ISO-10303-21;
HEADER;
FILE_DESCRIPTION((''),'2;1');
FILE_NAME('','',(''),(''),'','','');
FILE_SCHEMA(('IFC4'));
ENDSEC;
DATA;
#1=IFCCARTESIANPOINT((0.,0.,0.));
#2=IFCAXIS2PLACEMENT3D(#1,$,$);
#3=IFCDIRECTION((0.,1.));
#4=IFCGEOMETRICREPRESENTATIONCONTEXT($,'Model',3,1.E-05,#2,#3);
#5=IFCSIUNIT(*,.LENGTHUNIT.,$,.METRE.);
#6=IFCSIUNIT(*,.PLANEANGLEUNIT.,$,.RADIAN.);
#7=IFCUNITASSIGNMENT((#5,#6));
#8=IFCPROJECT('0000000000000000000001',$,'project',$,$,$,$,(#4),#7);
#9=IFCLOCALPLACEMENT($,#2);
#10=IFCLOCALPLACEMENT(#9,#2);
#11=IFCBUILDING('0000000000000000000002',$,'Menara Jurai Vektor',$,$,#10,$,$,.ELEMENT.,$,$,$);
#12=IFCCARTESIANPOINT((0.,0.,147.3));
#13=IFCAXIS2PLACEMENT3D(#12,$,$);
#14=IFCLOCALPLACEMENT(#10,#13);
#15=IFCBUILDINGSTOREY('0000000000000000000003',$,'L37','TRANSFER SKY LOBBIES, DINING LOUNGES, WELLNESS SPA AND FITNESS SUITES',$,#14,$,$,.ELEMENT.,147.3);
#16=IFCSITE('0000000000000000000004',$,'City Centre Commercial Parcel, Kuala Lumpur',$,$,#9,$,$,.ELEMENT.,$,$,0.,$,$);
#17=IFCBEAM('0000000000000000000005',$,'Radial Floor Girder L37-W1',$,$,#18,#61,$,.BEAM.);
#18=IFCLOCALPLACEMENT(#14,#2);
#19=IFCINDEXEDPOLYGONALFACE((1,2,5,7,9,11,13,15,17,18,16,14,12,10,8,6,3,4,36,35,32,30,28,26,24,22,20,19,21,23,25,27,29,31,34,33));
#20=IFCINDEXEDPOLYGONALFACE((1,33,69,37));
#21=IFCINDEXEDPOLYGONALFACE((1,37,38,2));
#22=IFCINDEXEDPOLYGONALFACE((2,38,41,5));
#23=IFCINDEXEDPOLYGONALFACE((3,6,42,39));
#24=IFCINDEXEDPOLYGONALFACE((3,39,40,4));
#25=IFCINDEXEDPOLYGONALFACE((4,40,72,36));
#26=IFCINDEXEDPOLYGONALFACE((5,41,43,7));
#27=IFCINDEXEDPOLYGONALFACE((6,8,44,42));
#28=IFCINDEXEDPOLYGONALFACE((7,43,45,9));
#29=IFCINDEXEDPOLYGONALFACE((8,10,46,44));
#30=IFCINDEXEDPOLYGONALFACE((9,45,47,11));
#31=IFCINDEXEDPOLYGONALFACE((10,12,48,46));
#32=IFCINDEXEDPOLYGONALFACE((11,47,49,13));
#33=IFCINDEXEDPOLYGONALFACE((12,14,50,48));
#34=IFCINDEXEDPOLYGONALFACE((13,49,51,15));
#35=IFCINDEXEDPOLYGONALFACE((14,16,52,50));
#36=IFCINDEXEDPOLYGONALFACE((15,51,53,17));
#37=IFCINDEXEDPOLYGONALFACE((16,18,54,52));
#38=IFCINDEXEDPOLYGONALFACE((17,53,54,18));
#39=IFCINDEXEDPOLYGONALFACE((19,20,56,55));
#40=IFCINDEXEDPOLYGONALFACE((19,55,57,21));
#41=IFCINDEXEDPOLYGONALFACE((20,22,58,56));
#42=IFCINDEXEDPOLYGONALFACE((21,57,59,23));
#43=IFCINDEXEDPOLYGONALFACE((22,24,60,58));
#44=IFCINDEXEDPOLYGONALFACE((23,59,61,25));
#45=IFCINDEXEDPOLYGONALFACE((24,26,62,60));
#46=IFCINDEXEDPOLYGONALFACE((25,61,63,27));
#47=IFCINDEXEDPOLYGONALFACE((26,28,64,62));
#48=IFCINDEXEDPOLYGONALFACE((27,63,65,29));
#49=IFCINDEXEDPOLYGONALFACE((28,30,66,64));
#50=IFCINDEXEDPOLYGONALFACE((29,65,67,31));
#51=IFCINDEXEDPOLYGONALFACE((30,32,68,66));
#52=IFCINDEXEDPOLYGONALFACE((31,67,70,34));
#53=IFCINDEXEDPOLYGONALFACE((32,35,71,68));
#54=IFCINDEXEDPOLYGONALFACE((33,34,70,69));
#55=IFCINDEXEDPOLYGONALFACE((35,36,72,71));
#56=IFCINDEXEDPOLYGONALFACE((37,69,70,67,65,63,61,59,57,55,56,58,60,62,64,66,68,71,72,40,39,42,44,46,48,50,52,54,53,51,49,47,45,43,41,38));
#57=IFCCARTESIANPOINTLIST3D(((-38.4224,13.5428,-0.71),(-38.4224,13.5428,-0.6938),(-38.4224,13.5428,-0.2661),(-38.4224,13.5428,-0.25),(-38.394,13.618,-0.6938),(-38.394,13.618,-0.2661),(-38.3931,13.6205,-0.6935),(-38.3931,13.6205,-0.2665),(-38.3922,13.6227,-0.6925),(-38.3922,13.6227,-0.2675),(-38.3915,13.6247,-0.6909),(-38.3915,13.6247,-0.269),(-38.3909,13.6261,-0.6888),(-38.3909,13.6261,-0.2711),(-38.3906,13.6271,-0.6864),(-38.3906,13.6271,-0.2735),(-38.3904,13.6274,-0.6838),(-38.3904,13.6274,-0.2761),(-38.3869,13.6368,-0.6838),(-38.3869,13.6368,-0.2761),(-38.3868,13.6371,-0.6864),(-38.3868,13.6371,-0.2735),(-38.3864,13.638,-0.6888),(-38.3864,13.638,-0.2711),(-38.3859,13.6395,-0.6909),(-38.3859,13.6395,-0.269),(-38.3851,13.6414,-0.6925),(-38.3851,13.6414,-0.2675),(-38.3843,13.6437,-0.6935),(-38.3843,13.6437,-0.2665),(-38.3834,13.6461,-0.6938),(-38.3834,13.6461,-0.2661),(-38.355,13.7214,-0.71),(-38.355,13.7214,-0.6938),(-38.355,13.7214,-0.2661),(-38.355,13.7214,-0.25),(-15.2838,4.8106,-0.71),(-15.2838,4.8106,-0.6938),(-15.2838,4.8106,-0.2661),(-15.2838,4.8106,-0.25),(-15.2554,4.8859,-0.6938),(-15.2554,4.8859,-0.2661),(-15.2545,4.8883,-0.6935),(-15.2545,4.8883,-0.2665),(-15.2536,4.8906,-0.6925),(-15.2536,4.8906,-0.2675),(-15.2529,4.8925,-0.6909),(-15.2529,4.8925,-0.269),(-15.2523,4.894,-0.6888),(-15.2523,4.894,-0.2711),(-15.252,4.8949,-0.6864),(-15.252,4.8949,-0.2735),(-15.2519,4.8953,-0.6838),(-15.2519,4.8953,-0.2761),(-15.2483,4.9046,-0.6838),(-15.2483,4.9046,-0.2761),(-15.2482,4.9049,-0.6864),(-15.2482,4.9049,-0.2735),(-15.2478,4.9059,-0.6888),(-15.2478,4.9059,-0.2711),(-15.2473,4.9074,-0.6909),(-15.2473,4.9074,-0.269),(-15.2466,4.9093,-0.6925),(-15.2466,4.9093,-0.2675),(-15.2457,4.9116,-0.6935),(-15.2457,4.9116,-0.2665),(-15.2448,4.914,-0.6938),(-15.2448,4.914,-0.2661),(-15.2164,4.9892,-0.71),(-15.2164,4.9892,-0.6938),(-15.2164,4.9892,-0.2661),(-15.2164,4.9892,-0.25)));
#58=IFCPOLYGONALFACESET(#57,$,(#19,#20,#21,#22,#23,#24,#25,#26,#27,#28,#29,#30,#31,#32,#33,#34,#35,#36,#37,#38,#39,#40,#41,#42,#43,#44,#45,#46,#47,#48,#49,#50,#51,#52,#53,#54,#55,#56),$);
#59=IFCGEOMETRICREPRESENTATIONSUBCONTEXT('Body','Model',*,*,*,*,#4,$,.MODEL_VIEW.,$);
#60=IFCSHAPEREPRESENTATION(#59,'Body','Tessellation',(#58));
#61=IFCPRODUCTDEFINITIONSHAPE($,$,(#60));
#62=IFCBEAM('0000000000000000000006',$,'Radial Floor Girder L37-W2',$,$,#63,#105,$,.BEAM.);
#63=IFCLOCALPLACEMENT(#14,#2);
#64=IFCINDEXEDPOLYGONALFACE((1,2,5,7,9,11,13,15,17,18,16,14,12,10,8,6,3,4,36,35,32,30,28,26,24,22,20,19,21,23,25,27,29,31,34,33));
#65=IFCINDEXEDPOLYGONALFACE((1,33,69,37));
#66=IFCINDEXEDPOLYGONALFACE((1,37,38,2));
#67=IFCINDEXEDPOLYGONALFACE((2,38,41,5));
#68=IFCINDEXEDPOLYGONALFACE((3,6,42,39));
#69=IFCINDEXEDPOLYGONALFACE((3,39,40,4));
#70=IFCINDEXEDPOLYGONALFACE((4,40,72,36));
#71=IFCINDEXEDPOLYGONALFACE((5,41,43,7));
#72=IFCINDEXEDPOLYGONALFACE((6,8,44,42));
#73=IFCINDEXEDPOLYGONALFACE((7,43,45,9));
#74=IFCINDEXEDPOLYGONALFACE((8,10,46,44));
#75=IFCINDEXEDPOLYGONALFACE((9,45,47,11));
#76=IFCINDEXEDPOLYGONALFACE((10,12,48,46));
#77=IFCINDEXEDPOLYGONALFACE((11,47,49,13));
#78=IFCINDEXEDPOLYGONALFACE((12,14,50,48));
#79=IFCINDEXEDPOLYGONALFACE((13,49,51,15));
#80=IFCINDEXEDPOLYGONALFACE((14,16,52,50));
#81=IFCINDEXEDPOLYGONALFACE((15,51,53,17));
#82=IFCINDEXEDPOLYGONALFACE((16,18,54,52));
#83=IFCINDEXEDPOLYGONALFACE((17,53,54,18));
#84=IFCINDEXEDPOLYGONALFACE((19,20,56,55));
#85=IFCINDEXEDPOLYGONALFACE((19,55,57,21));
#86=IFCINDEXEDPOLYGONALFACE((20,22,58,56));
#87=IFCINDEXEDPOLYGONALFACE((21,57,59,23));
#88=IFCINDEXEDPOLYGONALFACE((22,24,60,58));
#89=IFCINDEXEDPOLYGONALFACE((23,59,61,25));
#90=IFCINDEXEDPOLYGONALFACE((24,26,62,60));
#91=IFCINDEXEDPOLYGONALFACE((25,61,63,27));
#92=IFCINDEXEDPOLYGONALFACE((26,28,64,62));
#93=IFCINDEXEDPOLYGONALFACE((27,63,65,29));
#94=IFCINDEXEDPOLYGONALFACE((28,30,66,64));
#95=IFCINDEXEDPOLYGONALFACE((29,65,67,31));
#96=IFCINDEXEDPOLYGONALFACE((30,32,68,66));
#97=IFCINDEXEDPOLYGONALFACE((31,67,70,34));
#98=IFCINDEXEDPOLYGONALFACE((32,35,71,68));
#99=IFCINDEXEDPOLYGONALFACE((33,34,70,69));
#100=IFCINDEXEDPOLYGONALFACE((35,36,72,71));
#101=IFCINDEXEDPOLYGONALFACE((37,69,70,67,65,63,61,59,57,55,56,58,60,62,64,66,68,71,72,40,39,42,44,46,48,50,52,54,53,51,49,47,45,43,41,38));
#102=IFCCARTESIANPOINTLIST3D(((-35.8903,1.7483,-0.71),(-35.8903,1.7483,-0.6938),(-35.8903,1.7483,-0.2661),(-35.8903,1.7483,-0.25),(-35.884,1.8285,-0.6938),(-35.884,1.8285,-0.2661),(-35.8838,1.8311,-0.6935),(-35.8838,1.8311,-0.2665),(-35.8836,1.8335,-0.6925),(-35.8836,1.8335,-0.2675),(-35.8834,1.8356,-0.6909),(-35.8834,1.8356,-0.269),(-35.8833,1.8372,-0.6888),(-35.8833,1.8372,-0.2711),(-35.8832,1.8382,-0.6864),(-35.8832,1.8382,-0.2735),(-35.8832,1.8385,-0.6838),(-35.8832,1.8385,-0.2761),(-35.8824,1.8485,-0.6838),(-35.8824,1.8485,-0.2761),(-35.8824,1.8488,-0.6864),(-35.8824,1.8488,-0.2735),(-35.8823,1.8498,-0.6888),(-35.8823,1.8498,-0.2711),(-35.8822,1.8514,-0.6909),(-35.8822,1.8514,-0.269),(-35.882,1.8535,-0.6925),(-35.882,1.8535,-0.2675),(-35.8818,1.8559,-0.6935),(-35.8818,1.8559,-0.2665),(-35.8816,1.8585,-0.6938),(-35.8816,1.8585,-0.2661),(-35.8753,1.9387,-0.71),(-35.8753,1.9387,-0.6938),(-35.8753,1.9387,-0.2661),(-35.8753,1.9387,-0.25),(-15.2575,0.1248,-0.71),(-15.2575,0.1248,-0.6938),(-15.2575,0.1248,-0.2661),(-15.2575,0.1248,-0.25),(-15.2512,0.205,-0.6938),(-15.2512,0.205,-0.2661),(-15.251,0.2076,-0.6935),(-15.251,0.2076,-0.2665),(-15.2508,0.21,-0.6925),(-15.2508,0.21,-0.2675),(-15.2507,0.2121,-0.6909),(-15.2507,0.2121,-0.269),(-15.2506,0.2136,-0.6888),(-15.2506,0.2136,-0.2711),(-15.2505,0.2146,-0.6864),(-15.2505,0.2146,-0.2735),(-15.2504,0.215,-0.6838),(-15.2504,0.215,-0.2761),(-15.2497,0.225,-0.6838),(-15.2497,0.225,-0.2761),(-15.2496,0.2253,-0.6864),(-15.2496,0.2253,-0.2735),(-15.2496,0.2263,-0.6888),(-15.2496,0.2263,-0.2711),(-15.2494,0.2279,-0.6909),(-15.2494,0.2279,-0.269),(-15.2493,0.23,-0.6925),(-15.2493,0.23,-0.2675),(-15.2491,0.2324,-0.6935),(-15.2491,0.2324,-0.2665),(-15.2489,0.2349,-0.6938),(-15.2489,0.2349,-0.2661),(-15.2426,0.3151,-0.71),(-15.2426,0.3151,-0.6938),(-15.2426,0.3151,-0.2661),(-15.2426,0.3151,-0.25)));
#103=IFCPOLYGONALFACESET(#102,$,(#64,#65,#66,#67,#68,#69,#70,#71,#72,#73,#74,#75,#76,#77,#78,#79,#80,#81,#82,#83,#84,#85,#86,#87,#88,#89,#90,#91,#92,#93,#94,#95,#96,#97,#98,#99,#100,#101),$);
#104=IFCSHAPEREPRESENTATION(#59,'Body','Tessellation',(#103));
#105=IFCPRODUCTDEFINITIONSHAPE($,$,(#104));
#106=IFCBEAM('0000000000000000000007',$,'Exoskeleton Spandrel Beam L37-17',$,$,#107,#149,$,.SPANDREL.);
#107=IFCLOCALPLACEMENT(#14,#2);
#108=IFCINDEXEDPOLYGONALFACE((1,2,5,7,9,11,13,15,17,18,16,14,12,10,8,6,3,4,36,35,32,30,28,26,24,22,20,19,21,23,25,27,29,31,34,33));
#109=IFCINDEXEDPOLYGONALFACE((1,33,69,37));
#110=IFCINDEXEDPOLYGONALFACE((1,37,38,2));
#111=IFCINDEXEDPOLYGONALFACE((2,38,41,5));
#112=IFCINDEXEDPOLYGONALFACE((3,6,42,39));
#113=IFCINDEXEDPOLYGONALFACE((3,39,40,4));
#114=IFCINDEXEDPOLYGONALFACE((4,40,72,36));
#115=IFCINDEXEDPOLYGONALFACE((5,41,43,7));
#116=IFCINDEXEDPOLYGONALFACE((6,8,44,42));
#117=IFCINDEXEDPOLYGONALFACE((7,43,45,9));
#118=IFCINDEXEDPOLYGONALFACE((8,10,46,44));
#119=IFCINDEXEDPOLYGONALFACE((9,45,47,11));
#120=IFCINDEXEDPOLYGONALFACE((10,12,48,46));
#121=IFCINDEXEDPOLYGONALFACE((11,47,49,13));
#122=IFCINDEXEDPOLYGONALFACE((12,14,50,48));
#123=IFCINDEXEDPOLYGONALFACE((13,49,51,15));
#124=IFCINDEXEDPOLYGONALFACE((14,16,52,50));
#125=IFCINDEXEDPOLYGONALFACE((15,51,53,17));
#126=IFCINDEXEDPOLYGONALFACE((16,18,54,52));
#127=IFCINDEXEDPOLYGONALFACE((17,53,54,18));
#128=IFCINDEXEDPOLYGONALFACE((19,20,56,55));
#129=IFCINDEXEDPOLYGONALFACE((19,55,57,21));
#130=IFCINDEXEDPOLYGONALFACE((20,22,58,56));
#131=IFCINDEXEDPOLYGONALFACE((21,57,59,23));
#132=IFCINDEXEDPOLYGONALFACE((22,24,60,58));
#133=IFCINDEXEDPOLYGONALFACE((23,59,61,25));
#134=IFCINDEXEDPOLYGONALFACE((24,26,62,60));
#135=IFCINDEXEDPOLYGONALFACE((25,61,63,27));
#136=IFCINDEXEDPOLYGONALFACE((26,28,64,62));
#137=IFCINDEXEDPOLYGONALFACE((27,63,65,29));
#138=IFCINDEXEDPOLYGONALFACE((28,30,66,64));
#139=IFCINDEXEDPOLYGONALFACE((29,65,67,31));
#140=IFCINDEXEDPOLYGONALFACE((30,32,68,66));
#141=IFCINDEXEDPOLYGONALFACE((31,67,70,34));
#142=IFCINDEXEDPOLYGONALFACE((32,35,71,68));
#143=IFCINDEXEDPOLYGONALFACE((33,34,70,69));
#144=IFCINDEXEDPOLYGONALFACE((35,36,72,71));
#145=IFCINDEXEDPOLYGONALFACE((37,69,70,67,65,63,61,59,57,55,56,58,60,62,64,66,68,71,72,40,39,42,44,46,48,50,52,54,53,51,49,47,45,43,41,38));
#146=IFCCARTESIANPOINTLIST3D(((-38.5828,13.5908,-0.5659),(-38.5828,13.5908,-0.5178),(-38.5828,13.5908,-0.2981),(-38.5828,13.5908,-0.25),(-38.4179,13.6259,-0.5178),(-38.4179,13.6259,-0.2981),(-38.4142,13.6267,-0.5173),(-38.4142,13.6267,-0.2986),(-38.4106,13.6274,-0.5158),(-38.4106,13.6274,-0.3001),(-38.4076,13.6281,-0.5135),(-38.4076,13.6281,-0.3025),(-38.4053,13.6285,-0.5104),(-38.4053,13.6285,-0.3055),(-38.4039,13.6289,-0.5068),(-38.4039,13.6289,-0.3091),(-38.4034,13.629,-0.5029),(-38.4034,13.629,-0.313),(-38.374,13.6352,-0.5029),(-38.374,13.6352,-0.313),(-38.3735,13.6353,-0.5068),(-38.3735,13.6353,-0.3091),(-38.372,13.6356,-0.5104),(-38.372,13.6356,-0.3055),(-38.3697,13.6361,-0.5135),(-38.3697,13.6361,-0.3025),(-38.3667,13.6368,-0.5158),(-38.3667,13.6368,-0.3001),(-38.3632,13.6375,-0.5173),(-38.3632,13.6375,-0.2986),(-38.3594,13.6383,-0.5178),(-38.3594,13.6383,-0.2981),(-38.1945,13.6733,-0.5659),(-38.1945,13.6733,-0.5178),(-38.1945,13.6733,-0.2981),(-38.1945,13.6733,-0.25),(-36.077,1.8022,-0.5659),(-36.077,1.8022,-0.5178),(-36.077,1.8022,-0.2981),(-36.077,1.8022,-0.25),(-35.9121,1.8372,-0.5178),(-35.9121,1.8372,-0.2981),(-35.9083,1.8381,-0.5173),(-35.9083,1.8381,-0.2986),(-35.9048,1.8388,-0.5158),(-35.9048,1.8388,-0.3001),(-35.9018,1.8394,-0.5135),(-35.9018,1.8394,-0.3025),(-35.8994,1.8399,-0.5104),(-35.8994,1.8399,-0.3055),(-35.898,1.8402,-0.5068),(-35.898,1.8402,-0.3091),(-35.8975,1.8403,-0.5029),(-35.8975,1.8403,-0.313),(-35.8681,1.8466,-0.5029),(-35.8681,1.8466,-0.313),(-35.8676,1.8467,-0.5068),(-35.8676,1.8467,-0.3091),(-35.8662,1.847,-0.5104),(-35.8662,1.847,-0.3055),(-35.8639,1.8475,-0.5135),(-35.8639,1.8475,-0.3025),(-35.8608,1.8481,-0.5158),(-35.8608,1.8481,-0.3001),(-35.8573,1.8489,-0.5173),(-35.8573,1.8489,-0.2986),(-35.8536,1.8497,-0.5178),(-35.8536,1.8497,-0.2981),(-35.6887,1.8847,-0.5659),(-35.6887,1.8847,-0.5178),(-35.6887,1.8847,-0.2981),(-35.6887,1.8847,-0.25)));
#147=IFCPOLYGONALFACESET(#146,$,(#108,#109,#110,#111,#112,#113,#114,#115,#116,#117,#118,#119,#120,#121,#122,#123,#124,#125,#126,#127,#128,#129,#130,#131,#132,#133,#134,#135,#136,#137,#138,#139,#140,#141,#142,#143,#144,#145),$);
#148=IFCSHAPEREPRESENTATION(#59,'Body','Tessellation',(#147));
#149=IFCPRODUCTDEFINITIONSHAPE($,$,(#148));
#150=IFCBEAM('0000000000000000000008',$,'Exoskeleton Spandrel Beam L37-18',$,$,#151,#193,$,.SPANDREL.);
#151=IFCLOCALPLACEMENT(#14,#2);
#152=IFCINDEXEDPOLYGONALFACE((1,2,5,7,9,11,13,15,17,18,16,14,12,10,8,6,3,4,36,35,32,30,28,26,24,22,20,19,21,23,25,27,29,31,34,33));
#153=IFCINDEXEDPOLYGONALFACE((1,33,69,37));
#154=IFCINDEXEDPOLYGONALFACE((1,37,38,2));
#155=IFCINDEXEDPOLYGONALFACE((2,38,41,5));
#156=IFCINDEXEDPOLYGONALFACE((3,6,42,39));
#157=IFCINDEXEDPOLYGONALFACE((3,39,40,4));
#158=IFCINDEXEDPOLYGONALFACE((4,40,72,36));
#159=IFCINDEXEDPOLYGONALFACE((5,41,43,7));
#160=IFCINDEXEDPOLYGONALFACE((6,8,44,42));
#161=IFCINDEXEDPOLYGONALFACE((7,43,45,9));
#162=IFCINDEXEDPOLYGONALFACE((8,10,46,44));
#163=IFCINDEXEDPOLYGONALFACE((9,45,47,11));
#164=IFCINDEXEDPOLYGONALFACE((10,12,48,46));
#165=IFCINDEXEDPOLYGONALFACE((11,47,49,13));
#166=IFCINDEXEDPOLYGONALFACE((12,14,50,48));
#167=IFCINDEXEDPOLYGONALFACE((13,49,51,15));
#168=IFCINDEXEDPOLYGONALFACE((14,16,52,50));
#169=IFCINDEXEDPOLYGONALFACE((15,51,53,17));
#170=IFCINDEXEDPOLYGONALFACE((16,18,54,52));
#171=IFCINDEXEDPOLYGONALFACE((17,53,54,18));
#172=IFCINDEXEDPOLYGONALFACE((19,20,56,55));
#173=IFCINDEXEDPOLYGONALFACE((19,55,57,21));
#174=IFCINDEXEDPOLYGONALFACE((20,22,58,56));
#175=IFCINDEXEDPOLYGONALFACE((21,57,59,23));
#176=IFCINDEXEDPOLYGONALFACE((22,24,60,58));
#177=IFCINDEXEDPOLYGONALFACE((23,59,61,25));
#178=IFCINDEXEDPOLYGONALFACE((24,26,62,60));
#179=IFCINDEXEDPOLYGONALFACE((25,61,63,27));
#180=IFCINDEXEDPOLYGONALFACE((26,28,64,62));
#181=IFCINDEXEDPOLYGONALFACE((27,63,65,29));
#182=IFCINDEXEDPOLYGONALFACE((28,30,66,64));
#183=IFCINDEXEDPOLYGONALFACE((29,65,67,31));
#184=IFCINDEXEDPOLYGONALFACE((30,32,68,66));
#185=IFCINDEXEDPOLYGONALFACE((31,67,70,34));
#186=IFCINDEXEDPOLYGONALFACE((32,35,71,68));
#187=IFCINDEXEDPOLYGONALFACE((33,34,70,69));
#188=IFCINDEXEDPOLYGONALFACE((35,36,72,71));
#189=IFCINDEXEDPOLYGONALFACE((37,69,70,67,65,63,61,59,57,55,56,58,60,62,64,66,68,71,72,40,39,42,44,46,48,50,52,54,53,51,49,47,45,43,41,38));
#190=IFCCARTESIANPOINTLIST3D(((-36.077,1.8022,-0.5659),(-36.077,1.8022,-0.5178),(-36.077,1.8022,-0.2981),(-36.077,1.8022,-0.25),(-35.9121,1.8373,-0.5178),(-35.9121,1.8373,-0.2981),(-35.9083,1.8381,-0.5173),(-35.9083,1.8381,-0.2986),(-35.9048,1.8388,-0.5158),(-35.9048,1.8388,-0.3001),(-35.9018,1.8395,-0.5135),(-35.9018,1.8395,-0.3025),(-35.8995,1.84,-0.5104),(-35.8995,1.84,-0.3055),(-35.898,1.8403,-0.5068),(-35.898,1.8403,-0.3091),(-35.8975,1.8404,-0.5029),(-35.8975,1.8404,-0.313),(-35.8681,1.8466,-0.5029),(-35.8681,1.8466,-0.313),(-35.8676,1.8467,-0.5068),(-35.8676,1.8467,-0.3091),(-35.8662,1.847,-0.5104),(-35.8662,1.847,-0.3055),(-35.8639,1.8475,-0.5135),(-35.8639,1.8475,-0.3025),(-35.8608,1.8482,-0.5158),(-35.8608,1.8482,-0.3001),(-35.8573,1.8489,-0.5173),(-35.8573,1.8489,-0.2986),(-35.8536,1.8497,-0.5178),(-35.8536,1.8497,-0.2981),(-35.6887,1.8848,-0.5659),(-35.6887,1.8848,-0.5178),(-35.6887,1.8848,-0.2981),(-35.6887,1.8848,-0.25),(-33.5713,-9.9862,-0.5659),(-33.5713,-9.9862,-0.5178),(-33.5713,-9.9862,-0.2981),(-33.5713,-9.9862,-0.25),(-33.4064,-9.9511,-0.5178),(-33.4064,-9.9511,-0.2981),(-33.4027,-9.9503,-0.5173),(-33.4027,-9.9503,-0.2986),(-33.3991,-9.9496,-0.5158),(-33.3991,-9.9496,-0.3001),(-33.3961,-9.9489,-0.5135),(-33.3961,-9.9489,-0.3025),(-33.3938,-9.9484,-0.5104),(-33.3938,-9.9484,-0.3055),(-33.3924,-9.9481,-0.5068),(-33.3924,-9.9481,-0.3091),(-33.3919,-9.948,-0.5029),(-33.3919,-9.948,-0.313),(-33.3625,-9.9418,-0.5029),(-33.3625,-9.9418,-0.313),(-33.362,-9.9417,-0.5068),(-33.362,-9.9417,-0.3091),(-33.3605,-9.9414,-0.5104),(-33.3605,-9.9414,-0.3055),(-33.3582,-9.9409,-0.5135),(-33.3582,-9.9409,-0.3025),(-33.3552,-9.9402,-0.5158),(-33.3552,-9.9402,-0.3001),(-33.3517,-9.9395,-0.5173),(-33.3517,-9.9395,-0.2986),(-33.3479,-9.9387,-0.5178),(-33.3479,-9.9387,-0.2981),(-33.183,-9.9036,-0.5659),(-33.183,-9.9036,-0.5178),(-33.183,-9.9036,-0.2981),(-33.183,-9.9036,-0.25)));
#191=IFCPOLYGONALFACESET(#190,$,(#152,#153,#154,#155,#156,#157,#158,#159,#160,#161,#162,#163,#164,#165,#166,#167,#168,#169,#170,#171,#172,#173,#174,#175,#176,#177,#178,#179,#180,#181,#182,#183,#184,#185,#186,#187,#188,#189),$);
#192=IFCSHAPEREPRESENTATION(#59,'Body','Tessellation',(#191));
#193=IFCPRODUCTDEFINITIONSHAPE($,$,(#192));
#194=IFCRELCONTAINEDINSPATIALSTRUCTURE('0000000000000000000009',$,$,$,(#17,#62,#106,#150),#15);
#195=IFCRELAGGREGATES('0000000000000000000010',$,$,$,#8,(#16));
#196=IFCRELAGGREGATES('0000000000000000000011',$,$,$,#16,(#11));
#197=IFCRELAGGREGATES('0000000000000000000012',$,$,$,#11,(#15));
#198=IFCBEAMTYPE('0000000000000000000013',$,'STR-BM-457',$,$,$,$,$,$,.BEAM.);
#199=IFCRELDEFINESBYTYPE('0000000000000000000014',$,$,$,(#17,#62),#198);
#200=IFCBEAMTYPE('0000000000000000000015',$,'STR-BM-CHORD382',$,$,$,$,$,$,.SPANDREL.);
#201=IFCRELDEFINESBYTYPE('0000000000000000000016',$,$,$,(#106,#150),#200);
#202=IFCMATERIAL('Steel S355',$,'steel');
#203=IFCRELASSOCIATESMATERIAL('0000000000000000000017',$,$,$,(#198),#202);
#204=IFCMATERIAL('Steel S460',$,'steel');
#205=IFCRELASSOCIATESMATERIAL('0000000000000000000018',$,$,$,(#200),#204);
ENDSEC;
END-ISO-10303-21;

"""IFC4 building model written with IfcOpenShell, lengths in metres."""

from ifc_helpers import new_model, si_unit, direction, frame, origin, origin_2d, place, context, subcontext, project, spatial, i_section, extrude, material, material_profile, profile_set, type_object, element, save


model = new_model("IFC4")

# Units and contexts
model_context = context("Model", 3, precision=1e-05, world=origin(), true_north=direction((0.0, 1.0)))
body_context = subcontext(model_context, "Body", "Model", "MODEL_VIEW")
ifc_project = project(units=[si_unit("LENGTHUNIT", "METRE"), si_unit("PLANEANGLEUNIT", "RADIAN")], contexts=[model_context])

# Site, building, storey
site_placement = place(None, origin())
site = spatial("IfcSite", under=ifc_project, at=site_placement, Name="City Centre Commercial Parcel, Kuala Lumpur", CompositionType="ELEMENT", RefElevation=0.0)
building_placement = place(site_placement, origin())
building = spatial("IfcBuilding", under=site, at=building_placement, Name="Menara Jurai Vektor", CompositionType="ELEMENT")
storey_placement = place(building_placement, frame((0.0, 0.0, 147.3)))
storey = spatial("IfcBuildingStorey", under=building, at=storey_placement, Name="L37", Description="TRANSFER SKY LOBBIES, DINING LOUNGES, WELLNESS SPA AND FITNESS SUITES", CompositionType="ELEMENT", Elevation=147.3)

# Shared definitions
ifc_material_1 = material(Name="Steel S460", Category="steel")

# Beams
ifc_material_2 = material(Name="Steel S355", Category="steel")
ifc_material_profile_1 = material_profile(ifc_material_2, i_section(OverallWidth=0.1909, OverallDepth=0.46, WebThickness=0.01, FlangeThickness=0.0161, FilletRadius=0.01, at=origin_2d()), Name="UKB 457x191x82")
ifc_profile_set_1 = profile_set([ifc_material_profile_1], Name="Steel S355")
beam_type_1 = type_object("IfcBeamType", Name="STR-BM-457", PredefinedType="BEAM", material=ifc_profile_set_1)
beam_1_placement = place(storey_placement, frame((-38.3887, 13.6321, -0.48), z_axis=(0.935594, -0.353079, 0.0), x_axis=(0.353079, 0.935594, 0.0)))
element("IfcBeam", 1, at=beam_1_placement, inside=storey, type_object=beam_type_1, Name="Radial Floor Girder L37-W1", PredefinedType="BEAM", context=body_context, shape_type="SweptSolid", body=[
    extrude(i_section(OverallWidth=0.1909, OverallDepth=0.46, WebThickness=0.01, FlangeThickness=0.0161, FilletRadius=0.01, at=origin_2d()), origin(), (0.0, 0.0, 1.0), 24.7314),
])
beam_2_placement = place(storey_placement, frame((-35.8828, 1.8435, -0.48), z_axis=(0.996918, -0.078445, 0.0), x_axis=(0.078445, 0.996918, 0.0)))
element("IfcBeam", 2, at=beam_2_placement, inside=storey, type_object=beam_type_1, Name="Radial Floor Girder L37-W2", PredefinedType="BEAM", context=body_context, shape_type="SweptSolid", body=[
    extrude(i_section(OverallWidth=0.1909, OverallDepth=0.46, WebThickness=0.01, FlangeThickness=0.0161, FilletRadius=0.01, at=origin_2d()), origin(), (0.0, 0.0, 1.0), 20.6965),
])
ifc_material_profile_2 = material_profile(ifc_material_1, i_section(OverallWidth=0.397, OverallDepth=0.3159, WebThickness=0.03, FlangeThickness=0.0481, FilletRadius=0.0149, at=origin_2d()), Name="HD 400x382")
ifc_profile_set_2 = profile_set([ifc_material_profile_2], Name="Steel S460")
beam_type_2 = type_object("IfcBeamType", Name="STR-BM-CHORD382", PredefinedType="SPANDREL", material=ifc_profile_set_2)
beam_3_placement = place(storey_placement, frame((-38.3887, 13.6321, -0.408), z_axis=(0.207921, -0.978146, 0.0), x_axis=(0.978146, 0.207921, 0.0)))
element("IfcBeam", 3, at=beam_3_placement, inside=storey, type_object=beam_type_2, Name="Exoskeleton Spandrel Beam L37-17", PredefinedType="SPANDREL", context=body_context, shape_type="SweptSolid", body=[
    extrude(i_section(OverallWidth=0.397, OverallDepth=0.3159, WebThickness=0.03, FlangeThickness=0.0481, FilletRadius=0.0149, at=origin_2d()), origin(), (0.0, 0.0, 1.0), 12.052),
])
beam_4_placement = place(storey_placement, frame((-35.8828, 1.8435, -0.408), z_axis=(0.207906, -0.978149, 0.0), x_axis=(0.978149, 0.207906, 0.0)))
element("IfcBeam", 4, at=beam_4_placement, inside=storey, type_object=beam_type_2, Name="Exoskeleton Spandrel Beam L37-18", PredefinedType="SPANDREL", context=body_context, shape_type="SweptSolid", body=[
    extrude(i_section(OverallWidth=0.397, OverallDepth=0.3159, WebThickness=0.03, FlangeThickness=0.0481, FilletRadius=0.0149, at=origin_2d()), origin(), (0.0, 0.0, 1.0), 12.0518),
])

save(model, "model.ifc")
